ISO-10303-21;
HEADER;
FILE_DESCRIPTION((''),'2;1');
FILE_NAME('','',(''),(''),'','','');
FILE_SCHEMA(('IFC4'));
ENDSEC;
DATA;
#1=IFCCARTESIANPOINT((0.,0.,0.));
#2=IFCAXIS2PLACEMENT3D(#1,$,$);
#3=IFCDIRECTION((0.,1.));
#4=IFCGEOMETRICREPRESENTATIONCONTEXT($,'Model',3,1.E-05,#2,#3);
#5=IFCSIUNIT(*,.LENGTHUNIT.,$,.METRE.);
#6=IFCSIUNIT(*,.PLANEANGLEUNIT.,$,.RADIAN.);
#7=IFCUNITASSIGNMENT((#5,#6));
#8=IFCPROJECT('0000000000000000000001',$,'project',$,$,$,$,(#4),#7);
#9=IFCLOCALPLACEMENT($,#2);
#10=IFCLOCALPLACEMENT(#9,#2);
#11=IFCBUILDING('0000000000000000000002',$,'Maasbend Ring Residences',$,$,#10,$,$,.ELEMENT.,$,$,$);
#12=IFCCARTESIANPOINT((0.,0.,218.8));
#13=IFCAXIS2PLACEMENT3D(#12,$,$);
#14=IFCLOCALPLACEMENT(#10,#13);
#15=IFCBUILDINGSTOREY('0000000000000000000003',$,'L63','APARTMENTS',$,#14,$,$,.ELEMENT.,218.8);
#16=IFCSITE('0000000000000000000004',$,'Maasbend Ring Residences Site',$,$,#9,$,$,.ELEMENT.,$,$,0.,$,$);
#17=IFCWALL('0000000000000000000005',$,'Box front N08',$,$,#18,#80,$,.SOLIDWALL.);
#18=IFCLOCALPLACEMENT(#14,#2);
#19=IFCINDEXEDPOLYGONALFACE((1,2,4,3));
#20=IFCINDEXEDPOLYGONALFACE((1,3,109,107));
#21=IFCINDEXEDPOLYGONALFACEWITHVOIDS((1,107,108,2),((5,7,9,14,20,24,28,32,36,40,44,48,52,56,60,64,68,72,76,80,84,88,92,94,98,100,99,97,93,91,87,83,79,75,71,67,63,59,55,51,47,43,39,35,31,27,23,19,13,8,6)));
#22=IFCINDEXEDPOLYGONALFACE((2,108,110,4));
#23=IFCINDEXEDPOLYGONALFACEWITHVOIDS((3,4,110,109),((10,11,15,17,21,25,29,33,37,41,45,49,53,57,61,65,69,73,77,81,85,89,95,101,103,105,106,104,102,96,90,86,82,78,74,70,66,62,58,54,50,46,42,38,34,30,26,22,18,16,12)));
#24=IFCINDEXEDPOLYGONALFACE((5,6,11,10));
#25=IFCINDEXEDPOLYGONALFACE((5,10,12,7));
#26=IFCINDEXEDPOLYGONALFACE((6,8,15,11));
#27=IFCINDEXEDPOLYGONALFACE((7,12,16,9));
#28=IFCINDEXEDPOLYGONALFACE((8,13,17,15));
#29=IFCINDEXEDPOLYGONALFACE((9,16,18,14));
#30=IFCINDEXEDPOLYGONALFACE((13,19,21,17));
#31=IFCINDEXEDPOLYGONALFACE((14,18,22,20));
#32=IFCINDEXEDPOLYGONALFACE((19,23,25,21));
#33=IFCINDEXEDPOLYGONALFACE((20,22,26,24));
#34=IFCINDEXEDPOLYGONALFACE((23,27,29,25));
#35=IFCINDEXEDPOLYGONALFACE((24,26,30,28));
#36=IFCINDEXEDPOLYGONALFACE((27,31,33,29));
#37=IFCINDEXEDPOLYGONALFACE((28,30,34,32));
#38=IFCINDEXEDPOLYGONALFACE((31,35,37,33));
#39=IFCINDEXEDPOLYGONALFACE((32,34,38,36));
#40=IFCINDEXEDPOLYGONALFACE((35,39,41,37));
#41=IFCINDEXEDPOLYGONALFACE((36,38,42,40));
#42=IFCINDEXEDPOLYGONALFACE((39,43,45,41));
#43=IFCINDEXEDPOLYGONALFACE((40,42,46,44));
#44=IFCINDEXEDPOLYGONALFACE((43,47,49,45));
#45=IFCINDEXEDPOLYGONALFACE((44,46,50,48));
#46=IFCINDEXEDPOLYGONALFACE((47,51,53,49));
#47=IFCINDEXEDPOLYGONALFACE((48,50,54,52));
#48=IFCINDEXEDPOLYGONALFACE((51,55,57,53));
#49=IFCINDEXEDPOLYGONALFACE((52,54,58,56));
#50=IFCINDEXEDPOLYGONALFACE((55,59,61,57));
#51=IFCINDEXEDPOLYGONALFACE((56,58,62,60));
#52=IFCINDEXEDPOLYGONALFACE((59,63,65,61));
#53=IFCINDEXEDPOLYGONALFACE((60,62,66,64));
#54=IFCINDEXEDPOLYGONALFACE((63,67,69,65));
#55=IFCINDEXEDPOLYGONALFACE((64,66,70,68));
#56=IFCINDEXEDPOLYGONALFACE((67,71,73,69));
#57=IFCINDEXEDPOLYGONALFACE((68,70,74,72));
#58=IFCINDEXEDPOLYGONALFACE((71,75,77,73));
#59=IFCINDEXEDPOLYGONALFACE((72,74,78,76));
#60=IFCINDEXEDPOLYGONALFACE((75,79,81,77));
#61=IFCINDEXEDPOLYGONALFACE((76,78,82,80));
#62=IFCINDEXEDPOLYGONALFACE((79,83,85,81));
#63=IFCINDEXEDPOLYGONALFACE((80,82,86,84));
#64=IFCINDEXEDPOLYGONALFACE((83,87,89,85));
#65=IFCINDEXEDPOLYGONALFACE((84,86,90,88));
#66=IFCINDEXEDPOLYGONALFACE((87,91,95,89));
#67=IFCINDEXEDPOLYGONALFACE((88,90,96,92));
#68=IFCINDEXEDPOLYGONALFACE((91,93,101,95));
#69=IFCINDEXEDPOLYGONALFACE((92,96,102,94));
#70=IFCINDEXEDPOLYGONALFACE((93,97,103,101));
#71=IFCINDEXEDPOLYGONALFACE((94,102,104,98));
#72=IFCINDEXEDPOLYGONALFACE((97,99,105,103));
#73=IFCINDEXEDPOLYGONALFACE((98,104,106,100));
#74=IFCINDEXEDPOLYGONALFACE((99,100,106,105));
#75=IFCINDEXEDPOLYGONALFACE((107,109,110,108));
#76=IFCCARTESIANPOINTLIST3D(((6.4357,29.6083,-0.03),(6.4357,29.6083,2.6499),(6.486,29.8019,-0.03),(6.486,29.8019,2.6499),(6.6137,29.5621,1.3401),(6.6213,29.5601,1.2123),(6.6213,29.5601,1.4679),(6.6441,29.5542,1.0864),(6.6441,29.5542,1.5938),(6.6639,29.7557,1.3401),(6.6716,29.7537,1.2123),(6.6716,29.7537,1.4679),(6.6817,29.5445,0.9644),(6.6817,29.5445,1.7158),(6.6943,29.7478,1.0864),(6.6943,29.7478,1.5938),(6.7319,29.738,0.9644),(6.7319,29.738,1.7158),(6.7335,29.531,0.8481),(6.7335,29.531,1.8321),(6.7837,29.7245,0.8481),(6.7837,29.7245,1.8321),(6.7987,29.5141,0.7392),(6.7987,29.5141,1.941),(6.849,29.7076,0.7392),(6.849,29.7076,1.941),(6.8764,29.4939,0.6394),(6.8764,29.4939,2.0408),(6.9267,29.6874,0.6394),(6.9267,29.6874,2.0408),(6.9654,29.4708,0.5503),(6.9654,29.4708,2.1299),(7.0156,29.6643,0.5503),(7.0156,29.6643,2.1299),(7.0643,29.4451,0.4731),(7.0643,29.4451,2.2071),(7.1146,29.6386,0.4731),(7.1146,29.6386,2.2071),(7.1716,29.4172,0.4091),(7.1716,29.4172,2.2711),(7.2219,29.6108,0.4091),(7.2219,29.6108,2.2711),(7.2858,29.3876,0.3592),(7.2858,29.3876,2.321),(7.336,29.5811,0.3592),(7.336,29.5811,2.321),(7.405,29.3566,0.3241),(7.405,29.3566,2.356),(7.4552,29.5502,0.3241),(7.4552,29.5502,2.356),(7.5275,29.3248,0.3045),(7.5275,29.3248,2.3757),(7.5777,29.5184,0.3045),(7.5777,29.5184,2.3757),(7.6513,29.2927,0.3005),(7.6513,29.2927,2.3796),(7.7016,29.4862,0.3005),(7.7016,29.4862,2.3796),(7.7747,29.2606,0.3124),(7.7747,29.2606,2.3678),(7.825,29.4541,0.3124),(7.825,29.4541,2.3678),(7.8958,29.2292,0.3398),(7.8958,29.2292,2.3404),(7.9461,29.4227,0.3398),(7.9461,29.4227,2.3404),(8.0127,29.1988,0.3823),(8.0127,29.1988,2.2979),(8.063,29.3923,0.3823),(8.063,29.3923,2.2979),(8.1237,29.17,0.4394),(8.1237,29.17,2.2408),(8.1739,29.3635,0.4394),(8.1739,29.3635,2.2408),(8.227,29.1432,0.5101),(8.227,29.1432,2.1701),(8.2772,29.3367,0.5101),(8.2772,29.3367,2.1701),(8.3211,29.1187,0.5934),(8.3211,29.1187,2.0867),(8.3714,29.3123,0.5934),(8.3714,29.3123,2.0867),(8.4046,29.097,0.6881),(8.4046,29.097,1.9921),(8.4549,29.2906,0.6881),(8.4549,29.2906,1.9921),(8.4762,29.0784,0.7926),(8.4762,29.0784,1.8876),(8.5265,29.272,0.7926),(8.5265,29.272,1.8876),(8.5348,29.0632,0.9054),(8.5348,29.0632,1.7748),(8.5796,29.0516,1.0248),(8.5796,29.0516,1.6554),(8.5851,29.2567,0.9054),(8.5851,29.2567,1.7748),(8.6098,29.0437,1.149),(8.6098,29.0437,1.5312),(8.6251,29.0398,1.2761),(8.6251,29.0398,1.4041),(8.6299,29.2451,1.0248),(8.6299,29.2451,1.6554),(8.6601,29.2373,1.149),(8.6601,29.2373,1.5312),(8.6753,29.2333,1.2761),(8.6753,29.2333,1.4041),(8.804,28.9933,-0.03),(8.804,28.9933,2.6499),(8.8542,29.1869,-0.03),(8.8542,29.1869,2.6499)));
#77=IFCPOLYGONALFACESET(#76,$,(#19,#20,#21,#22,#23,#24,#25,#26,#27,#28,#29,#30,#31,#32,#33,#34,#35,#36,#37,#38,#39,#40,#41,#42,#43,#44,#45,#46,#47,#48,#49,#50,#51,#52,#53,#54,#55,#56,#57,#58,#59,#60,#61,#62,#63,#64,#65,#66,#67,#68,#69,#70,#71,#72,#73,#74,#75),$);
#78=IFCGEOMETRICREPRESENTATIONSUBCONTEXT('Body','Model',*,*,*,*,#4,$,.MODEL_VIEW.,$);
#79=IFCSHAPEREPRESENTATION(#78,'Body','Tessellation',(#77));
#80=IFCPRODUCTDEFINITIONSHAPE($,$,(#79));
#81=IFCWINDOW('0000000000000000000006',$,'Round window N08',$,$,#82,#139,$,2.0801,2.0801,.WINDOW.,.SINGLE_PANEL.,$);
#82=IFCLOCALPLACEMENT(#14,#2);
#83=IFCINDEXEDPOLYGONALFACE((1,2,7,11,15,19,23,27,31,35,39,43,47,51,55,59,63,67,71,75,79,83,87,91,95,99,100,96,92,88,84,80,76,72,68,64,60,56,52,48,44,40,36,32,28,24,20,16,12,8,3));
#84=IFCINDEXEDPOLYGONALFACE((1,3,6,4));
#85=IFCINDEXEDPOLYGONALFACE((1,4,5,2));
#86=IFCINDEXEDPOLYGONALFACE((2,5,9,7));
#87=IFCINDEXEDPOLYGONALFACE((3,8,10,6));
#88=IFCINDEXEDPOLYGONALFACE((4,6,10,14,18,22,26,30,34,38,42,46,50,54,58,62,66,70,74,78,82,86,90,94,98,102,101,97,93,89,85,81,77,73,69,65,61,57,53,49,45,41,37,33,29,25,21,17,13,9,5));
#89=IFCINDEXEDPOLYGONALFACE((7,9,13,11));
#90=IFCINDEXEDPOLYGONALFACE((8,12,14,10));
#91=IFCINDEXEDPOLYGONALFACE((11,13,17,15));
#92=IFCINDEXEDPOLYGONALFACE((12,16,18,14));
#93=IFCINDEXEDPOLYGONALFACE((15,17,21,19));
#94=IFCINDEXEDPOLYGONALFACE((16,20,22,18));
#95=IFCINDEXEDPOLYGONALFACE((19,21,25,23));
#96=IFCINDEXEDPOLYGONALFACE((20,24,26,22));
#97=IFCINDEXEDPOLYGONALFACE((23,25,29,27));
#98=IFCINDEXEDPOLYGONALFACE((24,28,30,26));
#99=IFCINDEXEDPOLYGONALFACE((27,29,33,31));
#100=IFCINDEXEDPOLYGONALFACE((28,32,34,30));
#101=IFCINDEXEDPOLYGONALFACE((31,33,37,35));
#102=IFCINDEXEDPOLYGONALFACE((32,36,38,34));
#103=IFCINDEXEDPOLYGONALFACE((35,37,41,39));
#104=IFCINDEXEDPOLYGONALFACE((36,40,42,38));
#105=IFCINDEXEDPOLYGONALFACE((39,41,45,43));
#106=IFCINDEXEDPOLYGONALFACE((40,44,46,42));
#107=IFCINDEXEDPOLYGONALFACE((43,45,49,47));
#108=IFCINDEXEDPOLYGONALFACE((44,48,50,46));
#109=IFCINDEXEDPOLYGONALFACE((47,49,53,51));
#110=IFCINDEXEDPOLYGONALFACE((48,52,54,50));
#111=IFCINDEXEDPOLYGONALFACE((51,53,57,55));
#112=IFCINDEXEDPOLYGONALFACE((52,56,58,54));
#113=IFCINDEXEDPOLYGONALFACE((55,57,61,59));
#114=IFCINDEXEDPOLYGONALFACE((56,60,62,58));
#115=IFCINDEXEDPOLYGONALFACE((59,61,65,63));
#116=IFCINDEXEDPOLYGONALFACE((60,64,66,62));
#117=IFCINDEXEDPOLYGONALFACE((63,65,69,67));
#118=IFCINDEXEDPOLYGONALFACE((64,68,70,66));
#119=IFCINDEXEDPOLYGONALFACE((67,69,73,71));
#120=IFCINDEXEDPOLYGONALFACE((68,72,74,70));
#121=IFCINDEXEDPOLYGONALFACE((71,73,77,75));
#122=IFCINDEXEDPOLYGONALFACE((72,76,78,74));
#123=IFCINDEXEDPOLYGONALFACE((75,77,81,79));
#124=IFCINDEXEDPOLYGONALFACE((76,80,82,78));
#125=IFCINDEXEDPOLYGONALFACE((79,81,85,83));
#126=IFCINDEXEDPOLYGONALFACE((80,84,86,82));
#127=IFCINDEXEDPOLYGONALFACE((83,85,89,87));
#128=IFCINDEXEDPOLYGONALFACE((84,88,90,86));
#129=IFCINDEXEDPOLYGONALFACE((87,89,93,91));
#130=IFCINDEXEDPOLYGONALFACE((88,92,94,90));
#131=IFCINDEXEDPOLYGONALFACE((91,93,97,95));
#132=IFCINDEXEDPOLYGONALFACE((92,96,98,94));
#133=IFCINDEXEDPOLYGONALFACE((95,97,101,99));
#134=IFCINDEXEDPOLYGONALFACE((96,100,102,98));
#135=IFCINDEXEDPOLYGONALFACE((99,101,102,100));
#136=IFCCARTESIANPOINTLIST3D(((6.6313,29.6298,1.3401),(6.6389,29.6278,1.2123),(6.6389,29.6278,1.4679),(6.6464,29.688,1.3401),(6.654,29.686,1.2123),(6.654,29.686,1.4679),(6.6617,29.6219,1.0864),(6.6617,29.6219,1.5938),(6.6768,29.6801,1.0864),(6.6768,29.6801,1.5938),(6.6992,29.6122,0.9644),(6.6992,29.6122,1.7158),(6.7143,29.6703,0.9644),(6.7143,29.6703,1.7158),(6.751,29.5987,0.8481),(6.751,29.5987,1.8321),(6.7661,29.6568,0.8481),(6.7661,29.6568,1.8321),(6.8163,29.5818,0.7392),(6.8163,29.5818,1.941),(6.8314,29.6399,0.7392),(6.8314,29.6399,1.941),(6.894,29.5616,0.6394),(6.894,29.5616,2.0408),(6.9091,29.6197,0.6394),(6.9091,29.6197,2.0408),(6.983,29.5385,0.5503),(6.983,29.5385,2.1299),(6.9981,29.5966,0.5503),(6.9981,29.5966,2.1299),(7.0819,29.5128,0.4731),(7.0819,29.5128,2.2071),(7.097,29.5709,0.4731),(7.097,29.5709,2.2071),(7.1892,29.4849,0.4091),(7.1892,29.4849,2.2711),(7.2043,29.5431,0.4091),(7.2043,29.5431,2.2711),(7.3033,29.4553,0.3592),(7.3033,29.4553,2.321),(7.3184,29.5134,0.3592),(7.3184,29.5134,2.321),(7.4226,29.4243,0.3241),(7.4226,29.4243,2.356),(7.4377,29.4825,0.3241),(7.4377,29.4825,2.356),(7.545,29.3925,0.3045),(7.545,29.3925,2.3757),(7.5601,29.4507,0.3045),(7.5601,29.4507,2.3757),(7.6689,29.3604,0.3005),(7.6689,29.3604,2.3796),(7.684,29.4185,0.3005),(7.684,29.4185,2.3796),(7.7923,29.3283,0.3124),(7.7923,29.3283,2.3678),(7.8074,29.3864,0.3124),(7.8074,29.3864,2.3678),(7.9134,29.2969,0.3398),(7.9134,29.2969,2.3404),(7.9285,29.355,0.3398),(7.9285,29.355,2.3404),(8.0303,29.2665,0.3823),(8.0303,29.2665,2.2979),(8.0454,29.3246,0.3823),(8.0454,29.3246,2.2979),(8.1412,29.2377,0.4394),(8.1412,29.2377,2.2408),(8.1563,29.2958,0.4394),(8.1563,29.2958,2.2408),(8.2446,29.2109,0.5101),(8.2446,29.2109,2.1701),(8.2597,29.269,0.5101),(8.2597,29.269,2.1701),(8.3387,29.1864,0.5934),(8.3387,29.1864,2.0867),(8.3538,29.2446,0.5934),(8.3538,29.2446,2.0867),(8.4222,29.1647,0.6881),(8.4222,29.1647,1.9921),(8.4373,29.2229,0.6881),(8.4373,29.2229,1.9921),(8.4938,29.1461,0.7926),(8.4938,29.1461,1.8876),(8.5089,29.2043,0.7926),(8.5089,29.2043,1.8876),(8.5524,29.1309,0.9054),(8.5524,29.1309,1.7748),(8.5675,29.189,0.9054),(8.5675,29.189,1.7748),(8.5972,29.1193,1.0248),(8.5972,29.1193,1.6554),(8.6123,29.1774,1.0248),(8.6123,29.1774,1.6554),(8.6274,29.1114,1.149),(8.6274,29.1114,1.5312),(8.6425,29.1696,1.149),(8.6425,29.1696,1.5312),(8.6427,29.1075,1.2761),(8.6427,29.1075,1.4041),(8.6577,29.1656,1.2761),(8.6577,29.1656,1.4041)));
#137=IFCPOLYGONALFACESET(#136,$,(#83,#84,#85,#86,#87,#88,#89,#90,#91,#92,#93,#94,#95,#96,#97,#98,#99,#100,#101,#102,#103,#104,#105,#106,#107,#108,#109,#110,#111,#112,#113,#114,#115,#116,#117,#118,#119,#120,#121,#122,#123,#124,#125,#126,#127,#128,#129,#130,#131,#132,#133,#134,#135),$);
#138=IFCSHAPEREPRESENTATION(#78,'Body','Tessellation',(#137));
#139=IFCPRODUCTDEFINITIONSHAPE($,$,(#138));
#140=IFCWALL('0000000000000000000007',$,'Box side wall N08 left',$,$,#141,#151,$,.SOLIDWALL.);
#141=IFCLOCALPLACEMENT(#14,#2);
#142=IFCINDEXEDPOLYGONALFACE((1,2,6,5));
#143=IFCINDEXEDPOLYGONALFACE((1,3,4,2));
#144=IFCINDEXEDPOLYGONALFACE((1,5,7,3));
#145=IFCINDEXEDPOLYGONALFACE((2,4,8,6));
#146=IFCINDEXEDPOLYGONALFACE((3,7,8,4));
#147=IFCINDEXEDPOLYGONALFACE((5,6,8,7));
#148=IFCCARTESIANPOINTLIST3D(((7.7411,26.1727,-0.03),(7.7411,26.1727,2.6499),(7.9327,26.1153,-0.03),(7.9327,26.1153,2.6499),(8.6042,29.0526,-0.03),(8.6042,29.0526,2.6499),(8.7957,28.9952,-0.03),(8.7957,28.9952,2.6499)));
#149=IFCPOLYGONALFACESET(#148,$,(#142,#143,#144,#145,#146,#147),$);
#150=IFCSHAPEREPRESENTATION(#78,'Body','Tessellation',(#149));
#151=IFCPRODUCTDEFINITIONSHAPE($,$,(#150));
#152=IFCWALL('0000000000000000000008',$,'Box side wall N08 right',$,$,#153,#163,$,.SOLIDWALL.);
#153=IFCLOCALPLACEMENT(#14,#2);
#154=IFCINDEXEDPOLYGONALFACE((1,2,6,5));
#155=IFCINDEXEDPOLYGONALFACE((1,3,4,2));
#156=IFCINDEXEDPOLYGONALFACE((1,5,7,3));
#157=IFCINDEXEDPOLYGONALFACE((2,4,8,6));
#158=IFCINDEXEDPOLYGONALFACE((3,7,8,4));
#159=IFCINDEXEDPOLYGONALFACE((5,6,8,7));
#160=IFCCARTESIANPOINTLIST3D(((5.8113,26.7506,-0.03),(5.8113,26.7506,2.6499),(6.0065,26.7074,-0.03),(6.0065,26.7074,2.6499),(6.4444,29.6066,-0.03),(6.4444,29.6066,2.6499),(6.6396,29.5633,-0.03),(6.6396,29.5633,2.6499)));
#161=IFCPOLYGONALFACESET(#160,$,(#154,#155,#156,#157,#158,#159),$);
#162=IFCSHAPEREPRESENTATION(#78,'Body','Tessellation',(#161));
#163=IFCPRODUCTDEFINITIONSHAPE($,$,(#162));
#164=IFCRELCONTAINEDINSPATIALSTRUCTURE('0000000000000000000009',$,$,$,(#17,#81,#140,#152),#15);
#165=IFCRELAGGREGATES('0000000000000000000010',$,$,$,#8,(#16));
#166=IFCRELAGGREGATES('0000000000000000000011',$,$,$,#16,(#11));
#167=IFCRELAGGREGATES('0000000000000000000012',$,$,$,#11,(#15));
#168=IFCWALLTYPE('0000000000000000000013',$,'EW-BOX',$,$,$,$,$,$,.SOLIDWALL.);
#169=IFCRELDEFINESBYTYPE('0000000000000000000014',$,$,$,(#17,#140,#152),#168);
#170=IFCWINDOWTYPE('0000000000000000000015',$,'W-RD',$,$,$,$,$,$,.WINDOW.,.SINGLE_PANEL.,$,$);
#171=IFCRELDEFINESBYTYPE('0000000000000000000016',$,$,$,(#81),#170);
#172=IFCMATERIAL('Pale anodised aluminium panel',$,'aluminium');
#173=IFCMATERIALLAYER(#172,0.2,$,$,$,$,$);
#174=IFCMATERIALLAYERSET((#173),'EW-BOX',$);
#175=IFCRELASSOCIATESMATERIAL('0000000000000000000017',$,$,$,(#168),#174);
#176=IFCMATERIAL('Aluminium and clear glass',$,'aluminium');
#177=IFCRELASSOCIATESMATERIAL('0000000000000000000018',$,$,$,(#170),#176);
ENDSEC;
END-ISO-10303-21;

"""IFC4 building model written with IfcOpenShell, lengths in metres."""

from ifc_helpers import new_model, si_unit, direction, frame, frame_2d, origin, place, context, subcontext, project, spatial, rectangle, circle, extrude, material, layer, layer_set, type_object, element, fill, save


model = new_model("IFC4")

# Units and contexts
model_context = context("Model", 3, precision=1e-05, world=origin(), true_north=direction((0.0, 1.0)))
body_context = subcontext(model_context, "Body", "Model", "MODEL_VIEW")
ifc_project = project(units=[si_unit("LENGTHUNIT", "METRE"), si_unit("PLANEANGLEUNIT", "RADIAN")], contexts=[model_context])

# Site, building, storey
site_placement = place(None, origin())
site = spatial("IfcSite", under=ifc_project, at=site_placement, Name="Maasbend Ring Residences Site", CompositionType="ELEMENT", RefElevation=0.0)
building_placement = place(site_placement, origin())
building = spatial("IfcBuilding", under=site, at=building_placement, Name="Maasbend Ring Residences", CompositionType="ELEMENT")
storey_placement = place(building_placement, frame((0.0, 0.0, 218.8)))
storey = spatial("IfcBuildingStorey", under=building, at=storey_placement, Name="L63", Description="APARTMENTS", CompositionType="ELEMENT", Elevation=218.8)

# Shared definitions
ifc_material_1 = material(Name="Pale anodised aluminium panel", Category="aluminium")
ifc_layer_1 = layer(ifc_material_1, 0.2)
ifc_layer_set_1 = layer_set([ifc_layer_1], Name="EW-BOX")
wall_type_1 = type_object("IfcWallType", Name="EW-BOX", PredefinedType="SOLIDWALL", material=ifc_layer_set_1)

# Wall, opening, window
wall_1_placement = place(storey_placement, frame((8.8291, 29.0901, -0.03), z_axis=(0.0, 0.0, 1.0), x_axis=(-0.967895, 0.251353, 0.0)))
wall_1 = element("IfcWall", 1, at=wall_1_placement, inside=storey, type_object=wall_type_1, Name="Box front N08", PredefinedType="SOLIDWALL", context=body_context, shape_type="SweptSolid", body=[
    extrude(rectangle(XDim=2.4468, YDim=0.2, at=frame_2d((1.2234, 0.0))), origin(), (0.0, 0.0, 1.0), 2.6799),
])
opening_1_placement = place(wall_1_placement, frame((0.1829, 0.0, 0.3301)))
opening_1 = element("IfcOpeningElement", 2, at=opening_1_placement, cuts=wall_1, PredefinedType="OPENING", context=body_context, shape_type="SweptSolid", body=[
    extrude(circle(Radius=1.04, at=frame_2d((1.04, 1.04))), frame((0.0, 0.1099, 0.0), z_axis=(0.0, -1.0, 0.0), x_axis=(1.0, 0.0, 0.0)), (0.0, 0.0, 1.0), 0.22),
])
ifc_material_2 = material(Name="Aluminium and clear glass", Category="aluminium")
window_type_1 = type_object("IfcWindowType", Name="W-RD", PartitioningType="SINGLE_PANEL", PredefinedType="WINDOW", material=ifc_material_2)
window_1_placement = place(opening_1_placement, origin())
window_1 = element("IfcWindow", 3, at=window_1_placement, inside=storey, type_object=window_type_1, Name="Round window N08", OverallHeight=2.0801, OverallWidth=2.0801, PartitioningType="SINGLE_PANEL", PredefinedType="WINDOW", context=body_context, shape_type="SweptSolid", body=[
    extrude(circle(Radius=1.04, at=frame_2d((1.04, 1.04))), frame((0.0, 0.03, 0.0), z_axis=(0.0, -1.0, 0.0), x_axis=(1.0, 0.0, 0.0)), (0.0, 0.0, 1.0), 0.0601),
])
fill(opening_1, window_1)

# Walls
wall_2_placement = place(storey_placement, frame((7.8369, 26.144, -0.03), z_axis=(0.0, 0.0, 1.0), x_axis=(0.287065, 0.957911, 0.0)))
element("IfcWall", 4, at=wall_2_placement, inside=storey, type_object=wall_type_1, Name="Box side wall N08 left", PredefinedType="SOLIDWALL", context=body_context, shape_type="SweptSolid", body=[
    extrude(rectangle(XDim=3.0063, YDim=0.2, at=frame_2d((1.5032, 0.0))), origin(), (0.0, 0.0, 1.0), 2.6799),
])
wall_3_placement = place(storey_placement, frame((5.9089, 26.729, -0.03), z_axis=(0.0, 0.0, 1.0), x_axis=(0.216409, 0.976303, 0.0)))
element("IfcWall", 5, at=wall_3_placement, inside=storey, type_object=wall_type_1, Name="Box side wall N08 right", PredefinedType="SOLIDWALL", context=body_context, shape_type="SweptSolid", body=[
    extrude(rectangle(XDim=2.9253, YDim=0.2, at=frame_2d((1.4626, 0.0))), origin(), (0.0, 0.0, 1.0), 2.6799),
])

save(model, "model.ifc")
